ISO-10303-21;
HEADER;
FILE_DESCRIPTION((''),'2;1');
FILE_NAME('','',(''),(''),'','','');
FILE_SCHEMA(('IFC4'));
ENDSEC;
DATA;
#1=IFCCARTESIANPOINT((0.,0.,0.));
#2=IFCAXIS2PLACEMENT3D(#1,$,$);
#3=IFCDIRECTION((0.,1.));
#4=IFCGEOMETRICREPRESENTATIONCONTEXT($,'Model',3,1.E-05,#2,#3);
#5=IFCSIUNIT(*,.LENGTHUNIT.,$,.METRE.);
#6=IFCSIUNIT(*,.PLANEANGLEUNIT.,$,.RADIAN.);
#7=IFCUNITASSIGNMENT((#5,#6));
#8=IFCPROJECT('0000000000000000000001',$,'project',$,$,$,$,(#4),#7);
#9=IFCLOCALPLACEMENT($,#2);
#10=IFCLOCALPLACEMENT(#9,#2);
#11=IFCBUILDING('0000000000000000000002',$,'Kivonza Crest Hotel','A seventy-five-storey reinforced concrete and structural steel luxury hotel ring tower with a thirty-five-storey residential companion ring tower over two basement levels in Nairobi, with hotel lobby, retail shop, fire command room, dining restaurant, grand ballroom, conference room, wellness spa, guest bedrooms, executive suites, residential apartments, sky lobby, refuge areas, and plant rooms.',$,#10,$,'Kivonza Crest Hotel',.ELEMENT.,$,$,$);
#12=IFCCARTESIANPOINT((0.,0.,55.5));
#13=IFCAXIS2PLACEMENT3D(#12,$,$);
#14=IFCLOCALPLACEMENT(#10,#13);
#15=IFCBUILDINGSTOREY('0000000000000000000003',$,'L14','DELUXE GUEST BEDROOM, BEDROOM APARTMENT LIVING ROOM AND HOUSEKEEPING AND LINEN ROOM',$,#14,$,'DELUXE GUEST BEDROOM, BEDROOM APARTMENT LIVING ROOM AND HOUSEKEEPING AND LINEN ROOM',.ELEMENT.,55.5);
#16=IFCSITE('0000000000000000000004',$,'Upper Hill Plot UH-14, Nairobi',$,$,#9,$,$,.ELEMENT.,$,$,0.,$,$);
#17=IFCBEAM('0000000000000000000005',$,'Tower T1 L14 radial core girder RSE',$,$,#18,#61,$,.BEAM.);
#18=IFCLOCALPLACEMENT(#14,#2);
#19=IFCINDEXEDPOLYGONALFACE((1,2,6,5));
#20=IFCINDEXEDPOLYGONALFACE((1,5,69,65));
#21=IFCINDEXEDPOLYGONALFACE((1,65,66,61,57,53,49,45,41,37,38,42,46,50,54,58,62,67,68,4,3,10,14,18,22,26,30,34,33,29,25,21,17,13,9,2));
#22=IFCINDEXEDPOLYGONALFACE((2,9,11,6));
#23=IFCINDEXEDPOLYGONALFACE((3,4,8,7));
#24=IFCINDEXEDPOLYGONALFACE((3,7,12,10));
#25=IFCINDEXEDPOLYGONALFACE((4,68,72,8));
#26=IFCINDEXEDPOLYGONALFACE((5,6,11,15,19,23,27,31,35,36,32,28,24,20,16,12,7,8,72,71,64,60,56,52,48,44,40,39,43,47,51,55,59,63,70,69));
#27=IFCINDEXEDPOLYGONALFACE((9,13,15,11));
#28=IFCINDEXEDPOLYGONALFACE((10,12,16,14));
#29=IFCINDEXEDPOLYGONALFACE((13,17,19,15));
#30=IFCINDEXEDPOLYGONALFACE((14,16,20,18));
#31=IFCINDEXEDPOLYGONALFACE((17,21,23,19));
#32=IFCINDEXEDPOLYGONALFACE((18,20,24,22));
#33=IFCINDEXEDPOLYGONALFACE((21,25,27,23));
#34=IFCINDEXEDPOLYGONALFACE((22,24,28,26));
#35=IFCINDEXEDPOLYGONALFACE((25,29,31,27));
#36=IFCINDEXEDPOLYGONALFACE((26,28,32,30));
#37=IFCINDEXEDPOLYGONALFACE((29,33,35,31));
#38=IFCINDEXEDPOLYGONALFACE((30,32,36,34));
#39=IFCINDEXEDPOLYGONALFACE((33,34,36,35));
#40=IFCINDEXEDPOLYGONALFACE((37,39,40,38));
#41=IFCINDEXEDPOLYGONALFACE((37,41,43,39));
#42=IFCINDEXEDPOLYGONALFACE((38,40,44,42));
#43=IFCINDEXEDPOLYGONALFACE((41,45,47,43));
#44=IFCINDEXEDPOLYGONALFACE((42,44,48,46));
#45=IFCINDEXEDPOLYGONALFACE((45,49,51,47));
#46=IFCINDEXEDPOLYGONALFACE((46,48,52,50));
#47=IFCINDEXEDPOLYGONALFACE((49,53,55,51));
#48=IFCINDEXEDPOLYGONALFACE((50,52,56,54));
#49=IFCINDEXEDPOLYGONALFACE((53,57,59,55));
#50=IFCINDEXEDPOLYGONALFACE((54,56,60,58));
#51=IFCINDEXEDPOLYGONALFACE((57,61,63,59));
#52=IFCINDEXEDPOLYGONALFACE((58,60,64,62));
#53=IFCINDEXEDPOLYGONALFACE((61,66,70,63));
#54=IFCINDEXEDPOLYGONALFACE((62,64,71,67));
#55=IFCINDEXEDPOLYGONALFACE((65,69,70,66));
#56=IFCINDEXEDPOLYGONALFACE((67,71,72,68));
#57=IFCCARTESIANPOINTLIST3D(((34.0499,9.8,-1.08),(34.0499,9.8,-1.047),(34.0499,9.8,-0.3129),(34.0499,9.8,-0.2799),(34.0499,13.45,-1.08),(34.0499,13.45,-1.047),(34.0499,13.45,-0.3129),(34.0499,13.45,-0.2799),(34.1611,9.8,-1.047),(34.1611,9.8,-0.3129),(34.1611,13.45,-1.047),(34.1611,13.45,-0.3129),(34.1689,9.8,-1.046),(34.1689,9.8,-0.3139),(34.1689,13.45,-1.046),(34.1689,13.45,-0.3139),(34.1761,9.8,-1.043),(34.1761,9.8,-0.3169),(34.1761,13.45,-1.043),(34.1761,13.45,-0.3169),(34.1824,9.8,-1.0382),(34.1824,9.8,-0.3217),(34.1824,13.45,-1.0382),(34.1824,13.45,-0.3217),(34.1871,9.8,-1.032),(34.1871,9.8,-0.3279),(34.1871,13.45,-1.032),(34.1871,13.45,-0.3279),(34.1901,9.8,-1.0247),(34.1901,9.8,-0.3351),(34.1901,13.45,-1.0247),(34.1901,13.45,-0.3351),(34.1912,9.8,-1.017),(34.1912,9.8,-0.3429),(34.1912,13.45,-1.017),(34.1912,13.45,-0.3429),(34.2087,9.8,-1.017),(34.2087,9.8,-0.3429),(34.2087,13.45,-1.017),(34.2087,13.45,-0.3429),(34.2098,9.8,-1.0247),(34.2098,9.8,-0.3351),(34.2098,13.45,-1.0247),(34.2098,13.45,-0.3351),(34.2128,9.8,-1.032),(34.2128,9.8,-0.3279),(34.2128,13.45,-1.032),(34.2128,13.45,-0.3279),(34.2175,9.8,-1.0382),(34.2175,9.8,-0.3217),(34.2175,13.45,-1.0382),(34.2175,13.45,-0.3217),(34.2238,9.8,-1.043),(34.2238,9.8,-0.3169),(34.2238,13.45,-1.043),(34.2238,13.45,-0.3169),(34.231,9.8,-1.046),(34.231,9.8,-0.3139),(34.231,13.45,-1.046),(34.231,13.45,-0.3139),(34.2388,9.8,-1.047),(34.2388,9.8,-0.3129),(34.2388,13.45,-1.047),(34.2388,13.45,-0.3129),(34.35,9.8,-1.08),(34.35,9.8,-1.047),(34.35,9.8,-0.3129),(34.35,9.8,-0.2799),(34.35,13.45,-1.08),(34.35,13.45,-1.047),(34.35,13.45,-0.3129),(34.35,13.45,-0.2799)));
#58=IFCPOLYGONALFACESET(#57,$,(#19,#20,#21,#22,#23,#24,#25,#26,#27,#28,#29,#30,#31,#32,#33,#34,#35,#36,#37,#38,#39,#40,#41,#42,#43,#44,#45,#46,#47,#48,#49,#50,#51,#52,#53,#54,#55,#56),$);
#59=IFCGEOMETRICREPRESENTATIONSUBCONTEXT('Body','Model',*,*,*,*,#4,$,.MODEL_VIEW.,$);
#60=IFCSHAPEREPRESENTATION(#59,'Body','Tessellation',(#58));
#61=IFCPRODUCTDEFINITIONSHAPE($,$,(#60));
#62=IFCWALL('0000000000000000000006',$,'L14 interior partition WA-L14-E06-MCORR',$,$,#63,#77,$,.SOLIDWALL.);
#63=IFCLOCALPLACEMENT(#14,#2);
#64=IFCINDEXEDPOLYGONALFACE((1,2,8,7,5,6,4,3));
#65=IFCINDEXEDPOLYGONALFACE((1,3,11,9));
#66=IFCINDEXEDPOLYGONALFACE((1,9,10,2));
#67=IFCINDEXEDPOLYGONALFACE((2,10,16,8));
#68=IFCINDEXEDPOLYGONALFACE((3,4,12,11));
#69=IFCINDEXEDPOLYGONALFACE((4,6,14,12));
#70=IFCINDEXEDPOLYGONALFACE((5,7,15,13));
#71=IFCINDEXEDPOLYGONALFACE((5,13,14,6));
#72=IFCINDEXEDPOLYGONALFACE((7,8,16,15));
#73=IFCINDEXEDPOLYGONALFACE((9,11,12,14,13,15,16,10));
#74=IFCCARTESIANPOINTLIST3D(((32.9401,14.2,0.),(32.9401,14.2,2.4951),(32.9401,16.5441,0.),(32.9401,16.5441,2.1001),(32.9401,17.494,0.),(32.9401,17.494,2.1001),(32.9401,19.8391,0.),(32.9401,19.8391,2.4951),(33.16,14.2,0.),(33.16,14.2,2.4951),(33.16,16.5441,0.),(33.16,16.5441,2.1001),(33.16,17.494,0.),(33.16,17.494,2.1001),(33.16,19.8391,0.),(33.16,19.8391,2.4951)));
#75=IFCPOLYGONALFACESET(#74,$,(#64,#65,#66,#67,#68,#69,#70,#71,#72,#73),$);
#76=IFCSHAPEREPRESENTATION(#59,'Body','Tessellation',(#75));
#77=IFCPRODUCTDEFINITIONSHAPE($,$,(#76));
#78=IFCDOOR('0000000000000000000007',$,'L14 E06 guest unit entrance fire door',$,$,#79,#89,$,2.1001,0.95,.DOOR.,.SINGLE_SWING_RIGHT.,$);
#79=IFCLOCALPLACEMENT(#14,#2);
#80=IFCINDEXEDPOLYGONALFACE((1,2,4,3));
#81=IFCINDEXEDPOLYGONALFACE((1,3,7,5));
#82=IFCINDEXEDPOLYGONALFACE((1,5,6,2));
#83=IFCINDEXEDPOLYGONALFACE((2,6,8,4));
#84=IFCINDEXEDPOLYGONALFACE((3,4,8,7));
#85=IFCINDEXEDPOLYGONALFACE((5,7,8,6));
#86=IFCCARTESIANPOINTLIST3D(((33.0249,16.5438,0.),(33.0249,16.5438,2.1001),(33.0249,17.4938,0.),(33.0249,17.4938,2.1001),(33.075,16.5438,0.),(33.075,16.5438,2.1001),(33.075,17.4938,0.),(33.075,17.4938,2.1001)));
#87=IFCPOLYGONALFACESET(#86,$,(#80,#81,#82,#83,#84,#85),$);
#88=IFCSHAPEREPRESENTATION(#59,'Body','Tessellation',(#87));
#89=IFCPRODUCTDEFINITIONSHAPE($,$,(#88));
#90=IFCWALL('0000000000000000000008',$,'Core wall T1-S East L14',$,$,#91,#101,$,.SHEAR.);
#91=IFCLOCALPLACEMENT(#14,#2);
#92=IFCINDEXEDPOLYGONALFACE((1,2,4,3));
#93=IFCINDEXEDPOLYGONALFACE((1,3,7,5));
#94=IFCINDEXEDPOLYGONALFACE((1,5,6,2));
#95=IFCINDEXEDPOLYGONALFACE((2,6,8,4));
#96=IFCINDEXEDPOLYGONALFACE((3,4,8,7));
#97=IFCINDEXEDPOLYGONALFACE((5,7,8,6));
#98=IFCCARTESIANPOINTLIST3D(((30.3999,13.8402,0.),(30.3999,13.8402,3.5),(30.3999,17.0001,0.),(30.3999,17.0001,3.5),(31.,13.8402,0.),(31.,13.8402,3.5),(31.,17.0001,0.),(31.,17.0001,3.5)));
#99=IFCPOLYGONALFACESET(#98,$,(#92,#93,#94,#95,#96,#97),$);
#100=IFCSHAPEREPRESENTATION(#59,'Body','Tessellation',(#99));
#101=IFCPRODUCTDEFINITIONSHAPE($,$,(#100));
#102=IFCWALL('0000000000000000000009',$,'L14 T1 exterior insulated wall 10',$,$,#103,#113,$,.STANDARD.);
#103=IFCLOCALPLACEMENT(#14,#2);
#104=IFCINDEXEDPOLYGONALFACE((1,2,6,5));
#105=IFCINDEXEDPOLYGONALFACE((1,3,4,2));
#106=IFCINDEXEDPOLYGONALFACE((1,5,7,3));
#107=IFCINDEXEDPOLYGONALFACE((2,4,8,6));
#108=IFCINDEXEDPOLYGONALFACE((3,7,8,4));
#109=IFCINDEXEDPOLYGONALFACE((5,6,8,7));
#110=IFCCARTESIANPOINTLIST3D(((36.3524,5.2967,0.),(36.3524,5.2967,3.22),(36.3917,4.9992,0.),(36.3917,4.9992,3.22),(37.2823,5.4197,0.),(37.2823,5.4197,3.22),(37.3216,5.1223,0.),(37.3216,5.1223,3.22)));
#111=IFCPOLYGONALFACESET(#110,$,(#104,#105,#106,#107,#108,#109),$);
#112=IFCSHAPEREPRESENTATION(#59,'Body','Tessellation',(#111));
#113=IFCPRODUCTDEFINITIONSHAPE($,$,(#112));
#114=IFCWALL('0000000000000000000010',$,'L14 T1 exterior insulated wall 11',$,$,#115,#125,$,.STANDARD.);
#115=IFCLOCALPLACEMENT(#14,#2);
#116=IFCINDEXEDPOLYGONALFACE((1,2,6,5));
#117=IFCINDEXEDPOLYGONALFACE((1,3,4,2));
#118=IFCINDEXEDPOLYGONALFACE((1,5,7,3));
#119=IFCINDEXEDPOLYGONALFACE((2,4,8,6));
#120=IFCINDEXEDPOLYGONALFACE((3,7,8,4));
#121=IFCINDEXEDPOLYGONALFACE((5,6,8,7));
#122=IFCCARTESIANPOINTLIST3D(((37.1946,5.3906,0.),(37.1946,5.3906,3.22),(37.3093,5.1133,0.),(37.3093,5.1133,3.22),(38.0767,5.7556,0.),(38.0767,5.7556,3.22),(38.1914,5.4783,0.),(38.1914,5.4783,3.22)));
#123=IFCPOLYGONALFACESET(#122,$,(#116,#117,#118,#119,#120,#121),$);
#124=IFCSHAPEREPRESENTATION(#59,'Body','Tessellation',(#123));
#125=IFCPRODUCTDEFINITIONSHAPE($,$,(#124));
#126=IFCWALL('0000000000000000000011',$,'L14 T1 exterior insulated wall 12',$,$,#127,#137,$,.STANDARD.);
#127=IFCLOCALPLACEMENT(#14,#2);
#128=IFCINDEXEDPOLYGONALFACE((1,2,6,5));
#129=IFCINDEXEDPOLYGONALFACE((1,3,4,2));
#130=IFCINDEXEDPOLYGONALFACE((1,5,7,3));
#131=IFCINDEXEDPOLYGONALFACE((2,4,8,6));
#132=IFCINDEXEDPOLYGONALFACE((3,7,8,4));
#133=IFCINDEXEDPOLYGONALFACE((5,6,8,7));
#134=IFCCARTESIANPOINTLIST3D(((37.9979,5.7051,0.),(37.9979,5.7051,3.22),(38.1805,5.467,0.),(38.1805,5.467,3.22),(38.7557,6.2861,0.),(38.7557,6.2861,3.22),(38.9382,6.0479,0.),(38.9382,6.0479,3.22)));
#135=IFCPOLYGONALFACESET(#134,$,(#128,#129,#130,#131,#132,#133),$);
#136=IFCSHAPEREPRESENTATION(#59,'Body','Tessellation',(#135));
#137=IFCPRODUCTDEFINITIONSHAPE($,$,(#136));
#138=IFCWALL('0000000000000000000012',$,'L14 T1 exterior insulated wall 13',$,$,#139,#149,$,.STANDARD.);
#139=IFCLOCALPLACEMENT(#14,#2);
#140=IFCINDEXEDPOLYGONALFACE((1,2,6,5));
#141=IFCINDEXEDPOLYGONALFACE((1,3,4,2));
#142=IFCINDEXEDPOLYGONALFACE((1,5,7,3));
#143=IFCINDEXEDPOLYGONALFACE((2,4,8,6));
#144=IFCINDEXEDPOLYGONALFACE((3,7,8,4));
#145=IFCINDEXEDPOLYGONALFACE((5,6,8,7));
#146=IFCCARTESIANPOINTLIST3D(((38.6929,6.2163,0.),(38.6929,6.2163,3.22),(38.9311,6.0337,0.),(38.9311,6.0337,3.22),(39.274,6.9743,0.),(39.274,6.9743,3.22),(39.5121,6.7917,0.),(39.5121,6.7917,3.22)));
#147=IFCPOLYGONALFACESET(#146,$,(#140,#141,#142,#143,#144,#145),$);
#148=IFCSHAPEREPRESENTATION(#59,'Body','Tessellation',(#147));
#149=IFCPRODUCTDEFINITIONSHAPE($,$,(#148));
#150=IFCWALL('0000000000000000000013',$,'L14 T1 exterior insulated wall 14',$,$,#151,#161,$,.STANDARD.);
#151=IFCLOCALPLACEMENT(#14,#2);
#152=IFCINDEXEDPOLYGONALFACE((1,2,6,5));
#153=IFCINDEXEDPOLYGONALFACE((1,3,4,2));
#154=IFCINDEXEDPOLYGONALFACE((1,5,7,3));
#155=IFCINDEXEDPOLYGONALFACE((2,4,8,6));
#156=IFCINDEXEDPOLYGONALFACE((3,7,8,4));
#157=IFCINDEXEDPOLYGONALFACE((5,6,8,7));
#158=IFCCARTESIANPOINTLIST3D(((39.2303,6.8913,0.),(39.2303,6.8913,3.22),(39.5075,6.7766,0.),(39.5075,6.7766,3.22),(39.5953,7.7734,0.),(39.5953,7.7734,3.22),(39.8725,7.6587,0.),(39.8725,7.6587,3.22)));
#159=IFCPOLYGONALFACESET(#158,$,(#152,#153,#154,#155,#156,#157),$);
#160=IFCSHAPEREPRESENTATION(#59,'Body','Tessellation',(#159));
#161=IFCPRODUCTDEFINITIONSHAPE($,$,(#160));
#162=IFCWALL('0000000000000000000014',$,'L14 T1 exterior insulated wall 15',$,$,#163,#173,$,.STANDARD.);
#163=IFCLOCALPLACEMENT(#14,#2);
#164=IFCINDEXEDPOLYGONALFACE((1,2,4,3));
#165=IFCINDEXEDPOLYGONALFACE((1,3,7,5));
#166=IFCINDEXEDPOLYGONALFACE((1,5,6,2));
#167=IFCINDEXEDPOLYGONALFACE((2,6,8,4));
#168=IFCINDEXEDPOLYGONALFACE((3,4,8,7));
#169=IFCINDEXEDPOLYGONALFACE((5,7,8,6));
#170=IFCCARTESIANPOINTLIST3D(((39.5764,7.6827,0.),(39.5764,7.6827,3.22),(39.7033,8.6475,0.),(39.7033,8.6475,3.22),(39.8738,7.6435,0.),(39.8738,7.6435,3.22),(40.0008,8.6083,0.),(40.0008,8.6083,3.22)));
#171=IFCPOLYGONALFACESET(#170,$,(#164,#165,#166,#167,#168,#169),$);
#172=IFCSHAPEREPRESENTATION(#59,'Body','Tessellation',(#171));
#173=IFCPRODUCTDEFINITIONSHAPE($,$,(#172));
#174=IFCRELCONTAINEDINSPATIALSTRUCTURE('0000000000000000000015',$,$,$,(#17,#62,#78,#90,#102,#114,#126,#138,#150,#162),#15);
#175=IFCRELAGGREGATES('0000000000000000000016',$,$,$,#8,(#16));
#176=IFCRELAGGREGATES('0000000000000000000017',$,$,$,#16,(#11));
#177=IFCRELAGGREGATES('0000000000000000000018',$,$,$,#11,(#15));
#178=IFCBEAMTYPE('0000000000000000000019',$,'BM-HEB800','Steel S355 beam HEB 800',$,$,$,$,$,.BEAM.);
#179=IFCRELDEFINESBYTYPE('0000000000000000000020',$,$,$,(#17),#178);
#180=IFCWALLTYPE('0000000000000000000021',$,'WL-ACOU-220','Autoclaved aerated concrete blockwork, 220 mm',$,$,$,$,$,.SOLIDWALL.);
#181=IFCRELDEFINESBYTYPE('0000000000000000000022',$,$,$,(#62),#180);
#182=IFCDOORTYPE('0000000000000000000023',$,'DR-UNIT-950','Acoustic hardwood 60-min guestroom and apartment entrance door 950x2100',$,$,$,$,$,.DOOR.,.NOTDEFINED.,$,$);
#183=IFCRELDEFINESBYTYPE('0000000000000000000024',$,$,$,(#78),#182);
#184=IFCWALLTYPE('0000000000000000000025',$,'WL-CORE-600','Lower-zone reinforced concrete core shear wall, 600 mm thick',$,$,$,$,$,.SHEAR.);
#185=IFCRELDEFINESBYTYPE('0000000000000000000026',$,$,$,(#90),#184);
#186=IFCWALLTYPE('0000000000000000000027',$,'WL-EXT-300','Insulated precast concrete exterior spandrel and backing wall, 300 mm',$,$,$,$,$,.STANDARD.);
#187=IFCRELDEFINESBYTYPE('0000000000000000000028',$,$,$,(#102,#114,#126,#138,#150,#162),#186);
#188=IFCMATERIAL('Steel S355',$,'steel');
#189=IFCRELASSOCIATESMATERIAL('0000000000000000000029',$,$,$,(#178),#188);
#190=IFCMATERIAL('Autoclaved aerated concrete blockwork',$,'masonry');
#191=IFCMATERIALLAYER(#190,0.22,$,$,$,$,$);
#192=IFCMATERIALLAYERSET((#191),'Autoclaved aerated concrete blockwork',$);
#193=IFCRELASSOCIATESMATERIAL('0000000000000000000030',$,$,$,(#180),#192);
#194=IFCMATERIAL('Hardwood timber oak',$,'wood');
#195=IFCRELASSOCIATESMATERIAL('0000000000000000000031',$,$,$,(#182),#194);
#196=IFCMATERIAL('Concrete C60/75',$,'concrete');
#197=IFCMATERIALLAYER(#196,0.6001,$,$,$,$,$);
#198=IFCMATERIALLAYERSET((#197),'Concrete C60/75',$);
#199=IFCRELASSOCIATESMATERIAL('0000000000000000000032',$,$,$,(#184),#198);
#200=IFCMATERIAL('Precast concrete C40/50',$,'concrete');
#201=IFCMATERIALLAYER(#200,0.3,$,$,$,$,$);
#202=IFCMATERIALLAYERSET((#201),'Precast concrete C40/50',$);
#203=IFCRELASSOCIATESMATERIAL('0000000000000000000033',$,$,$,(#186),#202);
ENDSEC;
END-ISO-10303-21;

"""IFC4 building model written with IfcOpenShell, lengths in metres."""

from ifc_helpers import new_model, si_unit, direction, frame, frame_2d, origin, origin_2d, place, context, subcontext, project, spatial, rectangle, i_section, extrude, material, layer, layer_set, material_profile, profile_set, type_object, element, fill, save


model = new_model("IFC4")

# Units and contexts
model_context = context("Model", 3, precision=1e-05, world=origin(), true_north=direction((0.0, 1.0)))
body_context = subcontext(model_context, "Body", "Model", "MODEL_VIEW")
ifc_project = project(units=[si_unit("LENGTHUNIT", "METRE"), si_unit("PLANEANGLEUNIT", "RADIAN")], contexts=[model_context])

# Site, building, storey
site_placement = place(None, origin())
site = spatial("IfcSite", under=ifc_project, at=site_placement, Name="Upper Hill Plot UH-14, Nairobi", CompositionType="ELEMENT", RefElevation=0.0)
building_placement = place(site_placement, origin())
building = spatial("IfcBuilding", under=site, at=building_placement, Name="Kivonza Crest Hotel", Description="A seventy-five-storey reinforced concrete and structural steel luxury hotel ring tower with a thirty-five-storey residential companion ring tower over two basement levels in Nairobi, with hotel lobby, retail shop, fire command room, dining restaurant, grand ballroom, conference room, wellness spa, guest bedrooms, executive suites, residential apartments, sky lobby, refuge areas, and plant rooms.", LongName="Kivonza Crest Hotel", CompositionType="ELEMENT")
storey_placement = place(building_placement, frame((0.0, 0.0, 55.5)))
storey = spatial("IfcBuildingStorey", under=building, at=storey_placement, Name="L14", Description="DELUXE GUEST BEDROOM, BEDROOM APARTMENT LIVING ROOM AND HOUSEKEEPING AND LINEN ROOM", LongName="DELUXE GUEST BEDROOM, BEDROOM APARTMENT LIVING ROOM AND HOUSEKEEPING AND LINEN ROOM", CompositionType="ELEMENT", Elevation=55.5)

# Shared definitions
ifc_material_1 = material(Name="Concrete C60/75", Category="concrete")

# Beam
ifc_material_2 = material(Name="Steel S355", Category="steel")
ifc_material_profile_1 = material_profile(ifc_material_2, i_section(OverallWidth=0.3, OverallDepth=0.8, WebThickness=0.0176, FlangeThickness=0.033, FilletRadius=0.03, at=origin_2d()), Name="HEB 800")
ifc_profile_set_1 = profile_set([ifc_material_profile_1], Name="Steel S355")
beam_type_1 = type_object("IfcBeamType", Name="BM-HEB800", Description="Steel S355 beam HEB 800", PredefinedType="BEAM", material=ifc_profile_set_1)
beam_1_placement = place(storey_placement, frame((34.2, 9.8, -0.6799), z_axis=(0.0, 1.0, 0.0), x_axis=(-1.0, 0.0, 0.0)))
element("IfcBeam", 1, at=beam_1_placement, inside=storey, type_object=beam_type_1, Name="Tower T1 L14 radial core girder RSE", PredefinedType="BEAM", context=body_context, shape_type="SweptSolid", body=[
    extrude(i_section(OverallWidth=0.3, OverallDepth=0.8, WebThickness=0.0176, FlangeThickness=0.033, FilletRadius=0.03, at=origin_2d()), origin(), (0.0, 0.0, 1.0), 3.6499),
])

# Wall, opening, door
ifc_material_3 = material(Name="Autoclaved aerated concrete blockwork", Category="masonry")
ifc_layer_1 = layer(ifc_material_3, 0.22)
ifc_layer_set_1 = layer_set([ifc_layer_1], Name="Autoclaved aerated concrete blockwork")
wall_type_1 = type_object("IfcWallType", Name="WL-ACOU-220", Description="Autoclaved aerated concrete blockwork, 220 mm", PredefinedType="SOLIDWALL", material=ifc_layer_set_1)
wall_1_placement = place(storey_placement, frame((33.05, 14.2, 0.0), z_axis=(0.0, 0.0, 1.0), x_axis=(0.0, 1.0, 0.0)))
wall_1 = element("IfcWall", 2, at=wall_1_placement, inside=storey, type_object=wall_type_1, Name="L14 interior partition WA-L14-E06-MCORR", PredefinedType="SOLIDWALL", context=body_context, shape_type="SweptSolid", body=[
    extrude(rectangle(XDim=5.6392, YDim=0.22, at=frame_2d((2.8196, 0.0))), origin(), (0.0, 0.0, 1.0), 2.4951),
])
opening_1_placement = place(wall_1_placement, frame((2.344, 0.0, 0.0)))
opening_1 = element("IfcOpeningElement", 3, at=opening_1_placement, cuts=wall_1, PredefinedType="OPENING", context=body_context, shape_type="SweptSolid", body=[
    extrude(rectangle(XDim=0.95, YDim=2.1001, at=frame_2d((0.4751, 1.05))), frame((0.0, 0.1201, 0.0), z_axis=(0.0, -1.0, 0.0), x_axis=(1.0, 0.0, 0.0)), (0.0, 0.0, 1.0), 0.24),
])
ifc_material_4 = material(Name="Hardwood timber oak", Category="wood")
door_type = type_object("IfcDoorType", Name="DR-UNIT-950", Description="Acoustic hardwood 60-min guestroom and apartment entrance door 950x2100", OperationType="NOTDEFINED", PredefinedType="DOOR", material=ifc_material_4)
door_placement = place(opening_1_placement, frame((0.95, 0.0, 0.0), z_axis=(0.0, 0.0, 1.0), x_axis=(-1.0, 0.0, 0.0)))
door = element("IfcDoor", 4, at=door_placement, inside=storey, type_object=door_type, Name="L14 E06 guest unit entrance fire door", OperationType="SINGLE_SWING_RIGHT", OverallHeight=2.1001, OverallWidth=0.95, PredefinedType="DOOR", context=body_context, shape_type="SweptSolid", body=[
    extrude(rectangle(XDim=0.95, YDim=2.1001, at=frame_2d((0.4751, 1.05))), frame((0.0, 0.0249, 0.0), z_axis=(0.0, -1.0, 0.0), x_axis=(1.0, 0.0, 0.0)), (0.0, 0.0, 1.0), 0.05),
])
fill(opening_1, door)

# Walls
ifc_layer_2 = layer(ifc_material_1, 0.6001)
ifc_layer_set_2 = layer_set([ifc_layer_2], Name="Concrete C60/75")
wall_type_2 = type_object("IfcWallType", Name="WL-CORE-600", Description="Lower-zone reinforced concrete core shear wall, 600 mm thick", PredefinedType="SHEAR", material=ifc_layer_set_2)
wall_2_placement = place(storey_placement, frame((30.7, 13.8401, 0.0), z_axis=(0.0, 0.0, 1.0), x_axis=(0.0, 1.0, 0.0)))
element("IfcWall", 5, at=wall_2_placement, inside=storey, type_object=wall_type_2, Name="Core wall T1-S East L14", PredefinedType="SHEAR", context=body_context, shape_type="SweptSolid", body=[
    extrude(rectangle(XDim=3.1599, YDim=0.6001, at=frame_2d((1.5801, 0.0))), origin(), (0.0, 0.0, 1.0), 3.5),
])
ifc_material_5 = material(Name="Precast concrete C40/50", Category="concrete")
ifc_layer_3 = layer(ifc_material_5, 0.3)
ifc_layer_set_3 = layer_set([ifc_layer_3], Name="Precast concrete C40/50")
wall_type_3 = type_object("IfcWallType", Name="WL-EXT-300", Description="Insulated precast concrete exterior spandrel and backing wall, 300 mm", PredefinedType="STANDARD", material=ifc_layer_set_3)
wall_3_placement = place(storey_placement, frame((36.3721, 5.1479, 0.0), z_axis=(0.0, 0.0, 1.0), x_axis=(0.991359, 0.131175, 0.0)))
element("IfcWall", 6, at=wall_3_placement, inside=storey, type_object=wall_type_3, Name="L14 T1 exterior insulated wall 10", PredefinedType="STANDARD", context=body_context, shape_type="SweptSolid", body=[
    extrude(rectangle(XDim=0.938, YDim=0.3, at=frame_2d((0.469, 0.0))), origin(), (0.0, 0.0, 1.0), 3.22),
])
wall_4_placement = place(storey_placement, frame((37.252, 5.252, 0.0), z_axis=(0.0, 0.0, 1.0), x_axis=(0.92402, 0.382344, 0.0)))
element("IfcWall", 7, at=wall_4_placement, inside=storey, type_object=wall_type_3, Name="L14 T1 exterior insulated wall 11", PredefinedType="STANDARD", context=body_context, shape_type="SweptSolid", body=[
    extrude(rectangle(XDim=0.9546, YDim=0.3, at=frame_2d((0.4773, 0.0))), origin(), (0.0, 0.0, 1.0), 3.22),
])
wall_5_placement = place(storey_placement, frame((38.0891, 5.5859, 0.0), z_axis=(0.0, 0.0, 1.0), x_axis=(0.793573, 0.608474, 0.0)))
element("IfcWall", 8, at=wall_5_placement, inside=storey, type_object=wall_type_3, Name="L14 T1 exterior insulated wall 12", PredefinedType="STANDARD", context=body_context, shape_type="SweptSolid", body=[
    extrude(rectangle(XDim=0.9548, YDim=0.3, at=frame_2d((0.4775, 0.0))), origin(), (0.0, 0.0, 1.0), 3.22),
])
wall_6_placement = place(storey_placement, frame((38.812, 6.125, 0.0), z_axis=(0.0, 0.0, 1.0), x_axis=(0.608351, 0.793668, 0.0)))
element("IfcWall", 9, at=wall_6_placement, inside=storey, type_object=wall_type_3, Name="L14 T1 exterior insulated wall 13", PredefinedType="STANDARD", context=body_context, shape_type="SweptSolid", body=[
    extrude(rectangle(XDim=0.9551, YDim=0.3, at=frame_2d((0.4775, 0.0))), origin(), (0.0, 0.0, 1.0), 3.22),
])
wall_7_placement = place(storey_placement, frame((39.3689, 6.834, 0.0), z_axis=(0.0, 0.0, 1.0), x_axis=(0.382344, 0.92402, 0.0)))
element("IfcWall", 10, at=wall_7_placement, inside=storey, type_object=wall_type_3, Name="L14 T1 exterior insulated wall 14", PredefinedType="STANDARD", context=body_context, shape_type="SweptSolid", body=[
    extrude(rectangle(XDim=0.9546, YDim=0.3, at=frame_2d((0.4773, 0.0))), origin(), (0.0, 0.0, 1.0), 3.22),
])
wall_8_placement = place(storey_placement, frame((39.7251, 7.6631, 0.0), z_axis=(0.0, 0.0, 1.0), x_axis=(0.130455, 0.991454, 0.0)))
element("IfcWall", 11, at=wall_8_placement, inside=storey, type_object=wall_type_3, Name="L14 T1 exterior insulated wall 15", PredefinedType="STANDARD", context=body_context, shape_type="SweptSolid", body=[
    extrude(rectangle(XDim=0.9731, YDim=0.3, at=frame_2d((0.4866, 0.0))), origin(), (0.0, 0.0, 1.0), 3.22),
])

save(model, "model.ifc")
